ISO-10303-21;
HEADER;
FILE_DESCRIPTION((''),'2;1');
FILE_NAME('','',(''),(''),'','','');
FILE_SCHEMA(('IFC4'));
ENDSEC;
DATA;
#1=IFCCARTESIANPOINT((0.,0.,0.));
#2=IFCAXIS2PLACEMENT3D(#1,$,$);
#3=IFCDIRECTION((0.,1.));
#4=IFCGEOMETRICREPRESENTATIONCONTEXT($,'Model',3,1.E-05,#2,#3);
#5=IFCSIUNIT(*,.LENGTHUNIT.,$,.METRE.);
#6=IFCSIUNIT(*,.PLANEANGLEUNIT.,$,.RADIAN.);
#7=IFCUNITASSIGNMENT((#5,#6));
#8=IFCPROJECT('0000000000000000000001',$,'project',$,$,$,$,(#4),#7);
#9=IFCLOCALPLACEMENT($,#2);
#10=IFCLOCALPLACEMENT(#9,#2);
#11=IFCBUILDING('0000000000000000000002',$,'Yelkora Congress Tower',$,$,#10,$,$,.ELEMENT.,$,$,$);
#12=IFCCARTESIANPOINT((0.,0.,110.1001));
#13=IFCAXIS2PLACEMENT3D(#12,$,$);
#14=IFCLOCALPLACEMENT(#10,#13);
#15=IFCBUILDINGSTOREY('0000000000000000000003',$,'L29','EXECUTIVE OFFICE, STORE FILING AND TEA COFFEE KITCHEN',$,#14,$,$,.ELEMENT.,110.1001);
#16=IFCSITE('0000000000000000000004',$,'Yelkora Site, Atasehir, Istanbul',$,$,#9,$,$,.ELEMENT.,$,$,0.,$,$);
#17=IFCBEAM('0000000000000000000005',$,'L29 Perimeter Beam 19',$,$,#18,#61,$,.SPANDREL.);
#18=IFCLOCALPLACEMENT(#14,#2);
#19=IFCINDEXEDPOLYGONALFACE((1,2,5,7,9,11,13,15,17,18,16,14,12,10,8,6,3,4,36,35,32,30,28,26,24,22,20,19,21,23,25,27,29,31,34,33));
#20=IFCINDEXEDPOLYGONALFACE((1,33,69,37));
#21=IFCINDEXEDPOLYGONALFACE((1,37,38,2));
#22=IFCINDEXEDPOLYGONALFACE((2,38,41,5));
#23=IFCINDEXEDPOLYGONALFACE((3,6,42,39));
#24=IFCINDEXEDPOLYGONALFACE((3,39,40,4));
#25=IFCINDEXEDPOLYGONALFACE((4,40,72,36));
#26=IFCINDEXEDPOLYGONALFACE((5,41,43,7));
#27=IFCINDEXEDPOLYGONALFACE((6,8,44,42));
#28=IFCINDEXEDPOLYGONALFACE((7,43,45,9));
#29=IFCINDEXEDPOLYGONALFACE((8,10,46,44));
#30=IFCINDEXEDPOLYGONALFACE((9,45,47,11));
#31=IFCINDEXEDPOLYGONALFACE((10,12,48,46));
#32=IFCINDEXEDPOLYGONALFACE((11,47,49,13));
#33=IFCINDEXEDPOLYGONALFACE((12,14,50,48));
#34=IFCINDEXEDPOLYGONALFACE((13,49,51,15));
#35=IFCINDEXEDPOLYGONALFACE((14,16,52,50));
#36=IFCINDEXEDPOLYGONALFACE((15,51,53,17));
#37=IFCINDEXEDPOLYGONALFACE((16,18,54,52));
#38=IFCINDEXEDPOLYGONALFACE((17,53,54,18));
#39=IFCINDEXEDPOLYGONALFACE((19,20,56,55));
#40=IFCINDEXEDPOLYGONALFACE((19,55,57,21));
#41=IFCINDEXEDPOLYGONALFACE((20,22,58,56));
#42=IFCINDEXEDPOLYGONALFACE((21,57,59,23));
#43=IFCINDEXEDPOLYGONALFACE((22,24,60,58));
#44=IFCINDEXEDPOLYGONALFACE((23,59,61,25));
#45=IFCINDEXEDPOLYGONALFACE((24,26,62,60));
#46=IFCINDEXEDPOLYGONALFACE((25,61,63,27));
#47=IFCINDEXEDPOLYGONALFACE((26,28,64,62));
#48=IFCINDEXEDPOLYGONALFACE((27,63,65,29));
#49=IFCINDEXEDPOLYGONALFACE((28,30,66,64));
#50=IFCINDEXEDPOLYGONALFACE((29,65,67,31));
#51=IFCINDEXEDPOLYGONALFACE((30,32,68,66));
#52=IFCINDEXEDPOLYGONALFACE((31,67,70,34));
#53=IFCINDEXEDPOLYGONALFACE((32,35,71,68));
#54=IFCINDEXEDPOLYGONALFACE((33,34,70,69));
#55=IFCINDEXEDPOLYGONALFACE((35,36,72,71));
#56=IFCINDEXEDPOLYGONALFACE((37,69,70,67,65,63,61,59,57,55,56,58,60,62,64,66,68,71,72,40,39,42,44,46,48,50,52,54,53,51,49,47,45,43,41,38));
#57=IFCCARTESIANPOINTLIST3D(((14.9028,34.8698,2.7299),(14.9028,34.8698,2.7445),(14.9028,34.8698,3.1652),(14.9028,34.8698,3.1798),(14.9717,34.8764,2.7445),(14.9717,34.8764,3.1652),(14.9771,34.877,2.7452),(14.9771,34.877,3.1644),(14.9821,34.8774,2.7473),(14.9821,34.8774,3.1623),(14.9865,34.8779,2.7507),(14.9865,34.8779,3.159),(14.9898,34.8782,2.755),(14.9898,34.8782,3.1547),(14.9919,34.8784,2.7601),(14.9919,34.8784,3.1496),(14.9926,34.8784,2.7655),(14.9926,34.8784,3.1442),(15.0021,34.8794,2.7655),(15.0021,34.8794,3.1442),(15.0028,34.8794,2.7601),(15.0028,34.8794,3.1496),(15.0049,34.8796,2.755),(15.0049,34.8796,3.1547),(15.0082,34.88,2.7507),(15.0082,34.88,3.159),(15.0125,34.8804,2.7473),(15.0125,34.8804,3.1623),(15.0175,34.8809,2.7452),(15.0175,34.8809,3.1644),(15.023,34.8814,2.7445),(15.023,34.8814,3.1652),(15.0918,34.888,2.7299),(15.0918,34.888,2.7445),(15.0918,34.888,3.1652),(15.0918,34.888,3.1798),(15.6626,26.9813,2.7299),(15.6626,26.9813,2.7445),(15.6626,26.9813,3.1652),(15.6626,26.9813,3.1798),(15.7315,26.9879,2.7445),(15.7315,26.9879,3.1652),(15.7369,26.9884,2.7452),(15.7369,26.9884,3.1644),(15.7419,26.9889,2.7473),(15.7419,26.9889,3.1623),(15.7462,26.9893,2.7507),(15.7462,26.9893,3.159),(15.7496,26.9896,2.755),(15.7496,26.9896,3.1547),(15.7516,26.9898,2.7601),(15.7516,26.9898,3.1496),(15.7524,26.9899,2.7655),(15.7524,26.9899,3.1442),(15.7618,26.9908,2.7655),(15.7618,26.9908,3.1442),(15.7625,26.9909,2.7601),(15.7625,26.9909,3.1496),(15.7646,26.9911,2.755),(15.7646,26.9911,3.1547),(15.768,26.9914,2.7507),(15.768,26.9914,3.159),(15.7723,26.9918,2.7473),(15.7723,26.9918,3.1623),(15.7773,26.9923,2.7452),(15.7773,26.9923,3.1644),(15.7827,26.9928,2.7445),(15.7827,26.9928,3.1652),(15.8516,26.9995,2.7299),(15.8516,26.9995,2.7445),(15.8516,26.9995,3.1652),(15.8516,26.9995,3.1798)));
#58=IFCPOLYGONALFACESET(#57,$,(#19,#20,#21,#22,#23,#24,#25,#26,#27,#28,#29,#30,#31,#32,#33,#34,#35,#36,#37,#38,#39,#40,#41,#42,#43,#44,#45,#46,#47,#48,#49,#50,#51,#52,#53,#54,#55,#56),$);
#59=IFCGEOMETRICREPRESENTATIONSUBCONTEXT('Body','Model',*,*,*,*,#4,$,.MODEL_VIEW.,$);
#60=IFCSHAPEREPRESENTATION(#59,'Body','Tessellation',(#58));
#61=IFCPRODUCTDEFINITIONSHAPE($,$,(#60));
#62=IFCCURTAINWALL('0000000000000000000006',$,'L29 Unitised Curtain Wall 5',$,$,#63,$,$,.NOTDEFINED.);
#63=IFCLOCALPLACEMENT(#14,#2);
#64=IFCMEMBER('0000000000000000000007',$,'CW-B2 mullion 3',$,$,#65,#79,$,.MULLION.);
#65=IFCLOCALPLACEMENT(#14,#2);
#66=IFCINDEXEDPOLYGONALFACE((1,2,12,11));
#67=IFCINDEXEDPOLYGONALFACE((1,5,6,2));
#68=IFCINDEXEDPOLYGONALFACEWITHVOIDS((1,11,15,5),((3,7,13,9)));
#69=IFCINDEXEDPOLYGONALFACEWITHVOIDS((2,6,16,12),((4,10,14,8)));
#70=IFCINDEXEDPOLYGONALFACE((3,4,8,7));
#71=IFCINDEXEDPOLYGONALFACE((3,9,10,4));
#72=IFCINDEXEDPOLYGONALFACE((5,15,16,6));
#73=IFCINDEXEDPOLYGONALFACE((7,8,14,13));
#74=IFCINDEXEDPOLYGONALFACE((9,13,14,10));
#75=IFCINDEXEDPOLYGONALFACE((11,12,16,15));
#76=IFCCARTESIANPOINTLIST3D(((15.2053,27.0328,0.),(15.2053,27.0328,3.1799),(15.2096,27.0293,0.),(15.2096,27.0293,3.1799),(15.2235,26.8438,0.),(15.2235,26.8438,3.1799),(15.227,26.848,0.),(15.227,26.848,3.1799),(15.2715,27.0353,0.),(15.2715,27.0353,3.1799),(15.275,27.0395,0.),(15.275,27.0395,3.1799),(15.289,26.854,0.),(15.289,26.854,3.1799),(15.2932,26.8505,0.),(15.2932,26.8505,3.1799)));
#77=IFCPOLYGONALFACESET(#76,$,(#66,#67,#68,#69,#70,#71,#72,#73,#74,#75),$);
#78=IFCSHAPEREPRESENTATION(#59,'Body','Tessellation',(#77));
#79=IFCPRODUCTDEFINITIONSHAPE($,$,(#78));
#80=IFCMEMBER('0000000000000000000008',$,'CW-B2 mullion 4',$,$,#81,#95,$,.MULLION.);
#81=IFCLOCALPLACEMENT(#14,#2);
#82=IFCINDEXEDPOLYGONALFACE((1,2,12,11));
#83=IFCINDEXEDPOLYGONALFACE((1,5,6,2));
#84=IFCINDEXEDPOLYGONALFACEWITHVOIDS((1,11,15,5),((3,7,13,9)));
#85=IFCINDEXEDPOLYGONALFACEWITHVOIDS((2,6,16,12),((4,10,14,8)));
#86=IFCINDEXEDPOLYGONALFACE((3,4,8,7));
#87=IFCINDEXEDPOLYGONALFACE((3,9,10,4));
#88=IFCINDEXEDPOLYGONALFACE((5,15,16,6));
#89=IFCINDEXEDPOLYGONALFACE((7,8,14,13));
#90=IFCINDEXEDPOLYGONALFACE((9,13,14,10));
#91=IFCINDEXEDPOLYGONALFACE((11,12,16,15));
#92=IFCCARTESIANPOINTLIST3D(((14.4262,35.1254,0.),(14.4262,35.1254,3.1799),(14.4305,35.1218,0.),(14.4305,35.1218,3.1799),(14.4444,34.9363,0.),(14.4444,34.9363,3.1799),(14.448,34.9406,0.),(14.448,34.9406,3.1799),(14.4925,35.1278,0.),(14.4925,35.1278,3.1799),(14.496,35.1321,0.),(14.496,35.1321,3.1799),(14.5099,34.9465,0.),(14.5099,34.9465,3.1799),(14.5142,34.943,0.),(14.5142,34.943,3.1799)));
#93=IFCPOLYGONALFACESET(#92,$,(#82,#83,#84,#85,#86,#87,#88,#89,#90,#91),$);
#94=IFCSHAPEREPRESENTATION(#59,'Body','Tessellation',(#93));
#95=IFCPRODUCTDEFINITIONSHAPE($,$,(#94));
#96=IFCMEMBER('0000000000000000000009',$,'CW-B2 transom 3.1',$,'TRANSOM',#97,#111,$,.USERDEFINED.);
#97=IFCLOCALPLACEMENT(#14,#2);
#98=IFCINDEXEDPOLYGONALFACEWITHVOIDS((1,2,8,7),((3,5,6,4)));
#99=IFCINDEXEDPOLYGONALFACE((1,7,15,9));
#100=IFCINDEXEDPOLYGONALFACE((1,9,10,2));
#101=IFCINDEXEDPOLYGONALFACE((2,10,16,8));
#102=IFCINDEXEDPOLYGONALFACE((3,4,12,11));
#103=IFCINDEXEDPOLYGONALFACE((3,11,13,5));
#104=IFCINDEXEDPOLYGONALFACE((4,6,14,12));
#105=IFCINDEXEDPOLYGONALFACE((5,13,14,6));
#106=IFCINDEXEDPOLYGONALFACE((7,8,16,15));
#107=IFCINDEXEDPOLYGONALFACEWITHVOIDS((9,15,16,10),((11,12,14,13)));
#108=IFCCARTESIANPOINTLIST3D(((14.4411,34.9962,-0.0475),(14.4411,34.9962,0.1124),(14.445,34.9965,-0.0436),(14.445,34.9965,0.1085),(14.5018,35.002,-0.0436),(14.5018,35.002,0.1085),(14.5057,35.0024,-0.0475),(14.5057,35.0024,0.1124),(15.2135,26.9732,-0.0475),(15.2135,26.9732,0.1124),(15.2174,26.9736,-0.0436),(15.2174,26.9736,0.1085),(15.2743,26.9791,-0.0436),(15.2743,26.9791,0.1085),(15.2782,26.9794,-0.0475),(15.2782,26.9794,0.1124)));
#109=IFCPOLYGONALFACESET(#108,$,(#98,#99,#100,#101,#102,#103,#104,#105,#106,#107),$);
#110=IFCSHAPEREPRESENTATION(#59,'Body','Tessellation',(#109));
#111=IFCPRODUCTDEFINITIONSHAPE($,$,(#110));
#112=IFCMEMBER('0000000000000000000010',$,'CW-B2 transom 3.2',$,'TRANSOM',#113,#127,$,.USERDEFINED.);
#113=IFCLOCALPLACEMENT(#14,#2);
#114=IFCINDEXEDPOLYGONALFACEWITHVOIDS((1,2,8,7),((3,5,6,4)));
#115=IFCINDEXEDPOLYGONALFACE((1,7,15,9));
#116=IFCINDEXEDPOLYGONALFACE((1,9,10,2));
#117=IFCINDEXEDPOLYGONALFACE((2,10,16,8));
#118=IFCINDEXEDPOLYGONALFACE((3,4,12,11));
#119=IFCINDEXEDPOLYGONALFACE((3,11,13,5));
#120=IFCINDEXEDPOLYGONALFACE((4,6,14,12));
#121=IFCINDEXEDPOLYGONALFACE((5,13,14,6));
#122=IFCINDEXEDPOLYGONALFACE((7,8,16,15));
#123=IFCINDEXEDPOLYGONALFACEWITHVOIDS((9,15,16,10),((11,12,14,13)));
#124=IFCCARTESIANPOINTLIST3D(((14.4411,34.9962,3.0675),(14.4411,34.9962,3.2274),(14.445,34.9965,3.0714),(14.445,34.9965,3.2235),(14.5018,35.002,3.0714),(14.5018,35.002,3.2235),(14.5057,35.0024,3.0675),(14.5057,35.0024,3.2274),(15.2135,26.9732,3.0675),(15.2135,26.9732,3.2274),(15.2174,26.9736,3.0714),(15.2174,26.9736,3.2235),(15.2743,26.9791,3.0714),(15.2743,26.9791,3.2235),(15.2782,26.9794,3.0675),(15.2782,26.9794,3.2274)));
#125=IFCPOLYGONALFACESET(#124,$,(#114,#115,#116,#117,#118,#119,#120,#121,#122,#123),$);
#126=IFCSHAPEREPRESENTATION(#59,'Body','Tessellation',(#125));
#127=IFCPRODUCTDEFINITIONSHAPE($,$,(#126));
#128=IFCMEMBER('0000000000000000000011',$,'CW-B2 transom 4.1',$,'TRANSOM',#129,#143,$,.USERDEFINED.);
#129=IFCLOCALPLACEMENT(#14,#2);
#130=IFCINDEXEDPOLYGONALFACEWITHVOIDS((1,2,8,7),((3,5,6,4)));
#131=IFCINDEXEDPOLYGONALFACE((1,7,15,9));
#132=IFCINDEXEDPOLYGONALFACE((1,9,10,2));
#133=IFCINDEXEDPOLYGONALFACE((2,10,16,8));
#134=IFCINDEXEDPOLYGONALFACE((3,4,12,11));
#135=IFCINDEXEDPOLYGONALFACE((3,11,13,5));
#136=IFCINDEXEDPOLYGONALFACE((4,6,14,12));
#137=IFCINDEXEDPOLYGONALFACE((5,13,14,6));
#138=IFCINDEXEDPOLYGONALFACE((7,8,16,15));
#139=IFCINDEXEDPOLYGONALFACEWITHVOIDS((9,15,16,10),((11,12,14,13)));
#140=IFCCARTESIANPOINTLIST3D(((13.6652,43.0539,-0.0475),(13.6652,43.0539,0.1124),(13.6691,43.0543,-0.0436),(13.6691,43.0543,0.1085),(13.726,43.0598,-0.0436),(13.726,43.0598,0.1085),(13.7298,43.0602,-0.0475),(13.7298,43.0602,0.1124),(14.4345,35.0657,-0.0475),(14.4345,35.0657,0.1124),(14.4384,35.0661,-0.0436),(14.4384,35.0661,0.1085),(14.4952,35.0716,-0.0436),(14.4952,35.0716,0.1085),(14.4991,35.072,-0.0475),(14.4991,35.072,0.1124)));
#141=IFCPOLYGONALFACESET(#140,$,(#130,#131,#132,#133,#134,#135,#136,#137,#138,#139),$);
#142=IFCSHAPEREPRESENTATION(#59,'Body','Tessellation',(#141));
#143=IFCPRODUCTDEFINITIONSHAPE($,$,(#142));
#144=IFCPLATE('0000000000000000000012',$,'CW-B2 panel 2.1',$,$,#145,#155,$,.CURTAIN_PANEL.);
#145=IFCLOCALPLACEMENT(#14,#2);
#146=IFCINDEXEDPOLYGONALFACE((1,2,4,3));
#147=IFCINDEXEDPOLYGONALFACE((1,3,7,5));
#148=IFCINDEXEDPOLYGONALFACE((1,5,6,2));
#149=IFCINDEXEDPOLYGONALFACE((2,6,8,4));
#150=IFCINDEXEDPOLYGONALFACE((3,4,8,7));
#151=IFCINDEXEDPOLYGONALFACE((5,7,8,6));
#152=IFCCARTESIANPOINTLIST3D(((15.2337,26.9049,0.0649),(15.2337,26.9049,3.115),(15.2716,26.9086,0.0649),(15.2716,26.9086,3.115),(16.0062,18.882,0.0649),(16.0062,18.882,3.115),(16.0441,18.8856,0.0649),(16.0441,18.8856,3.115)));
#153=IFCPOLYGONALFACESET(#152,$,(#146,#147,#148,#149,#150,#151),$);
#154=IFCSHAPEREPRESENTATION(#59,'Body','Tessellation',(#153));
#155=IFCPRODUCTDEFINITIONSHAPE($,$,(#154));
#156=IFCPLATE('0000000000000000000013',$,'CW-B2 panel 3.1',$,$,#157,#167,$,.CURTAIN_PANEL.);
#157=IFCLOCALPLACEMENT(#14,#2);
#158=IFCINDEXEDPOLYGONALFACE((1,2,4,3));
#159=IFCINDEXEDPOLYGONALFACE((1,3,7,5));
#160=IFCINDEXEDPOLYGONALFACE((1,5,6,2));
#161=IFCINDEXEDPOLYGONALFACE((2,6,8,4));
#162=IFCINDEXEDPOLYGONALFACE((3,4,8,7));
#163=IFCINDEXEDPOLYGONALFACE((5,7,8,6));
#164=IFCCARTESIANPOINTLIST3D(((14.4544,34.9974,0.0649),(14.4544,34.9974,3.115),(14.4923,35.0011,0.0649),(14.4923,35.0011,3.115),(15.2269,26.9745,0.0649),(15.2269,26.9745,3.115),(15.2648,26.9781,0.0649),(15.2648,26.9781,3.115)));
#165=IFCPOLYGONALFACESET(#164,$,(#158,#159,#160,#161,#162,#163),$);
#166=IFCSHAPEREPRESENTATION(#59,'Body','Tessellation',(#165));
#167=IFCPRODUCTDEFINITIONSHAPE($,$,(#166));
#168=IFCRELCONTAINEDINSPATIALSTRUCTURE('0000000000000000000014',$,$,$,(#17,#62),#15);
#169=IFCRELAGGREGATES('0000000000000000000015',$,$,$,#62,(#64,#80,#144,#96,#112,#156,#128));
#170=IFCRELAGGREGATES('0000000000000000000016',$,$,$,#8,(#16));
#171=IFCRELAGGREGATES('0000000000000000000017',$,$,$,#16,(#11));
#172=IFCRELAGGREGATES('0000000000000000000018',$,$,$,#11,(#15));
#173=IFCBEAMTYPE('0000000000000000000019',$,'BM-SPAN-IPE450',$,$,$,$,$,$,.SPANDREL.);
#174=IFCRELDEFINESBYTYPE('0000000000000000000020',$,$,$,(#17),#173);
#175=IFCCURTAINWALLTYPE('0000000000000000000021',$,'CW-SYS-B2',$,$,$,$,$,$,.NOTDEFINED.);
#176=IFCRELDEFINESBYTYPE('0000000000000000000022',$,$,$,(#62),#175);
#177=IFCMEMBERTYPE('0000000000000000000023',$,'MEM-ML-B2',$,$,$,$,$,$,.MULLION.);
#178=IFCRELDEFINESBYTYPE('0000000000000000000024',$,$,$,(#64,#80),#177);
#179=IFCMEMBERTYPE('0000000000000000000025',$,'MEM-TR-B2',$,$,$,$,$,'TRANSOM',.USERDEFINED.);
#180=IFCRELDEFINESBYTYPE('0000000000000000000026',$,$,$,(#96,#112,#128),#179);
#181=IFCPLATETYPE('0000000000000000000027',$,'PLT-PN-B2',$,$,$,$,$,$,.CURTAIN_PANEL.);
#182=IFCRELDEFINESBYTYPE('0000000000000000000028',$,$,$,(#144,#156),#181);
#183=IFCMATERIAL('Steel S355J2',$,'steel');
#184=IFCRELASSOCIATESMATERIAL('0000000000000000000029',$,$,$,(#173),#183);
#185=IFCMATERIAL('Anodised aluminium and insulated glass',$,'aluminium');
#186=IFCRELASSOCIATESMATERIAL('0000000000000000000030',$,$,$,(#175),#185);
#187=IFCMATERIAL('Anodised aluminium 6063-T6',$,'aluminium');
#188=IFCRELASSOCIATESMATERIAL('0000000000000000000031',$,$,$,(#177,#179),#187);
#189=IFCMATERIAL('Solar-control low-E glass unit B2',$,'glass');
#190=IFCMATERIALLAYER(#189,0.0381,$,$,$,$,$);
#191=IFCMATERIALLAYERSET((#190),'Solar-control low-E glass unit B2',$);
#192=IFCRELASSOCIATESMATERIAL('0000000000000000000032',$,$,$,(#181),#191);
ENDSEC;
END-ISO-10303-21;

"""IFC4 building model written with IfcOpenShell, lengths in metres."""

from ifc_helpers import new_model, si_unit, direction, frame, origin, origin_2d, place, context, subcontext, project, spatial, rectangle, hollow_rectangle, i_section, extrude, material, layer, layer_set, material_profile, profile_set, type_object, element, aggregate, save


model = new_model("IFC4")

# Units and contexts
model_context = context("Model", 3, precision=1e-05, world=origin(), true_north=direction((0.0, 1.0)))
body_context = subcontext(model_context, "Body", "Model", "MODEL_VIEW")
ifc_project = project(units=[si_unit("LENGTHUNIT", "METRE"), si_unit("PLANEANGLEUNIT", "RADIAN")], contexts=[model_context])

# Site, building, storey
site_placement = place(None, origin())
site = spatial("IfcSite", under=ifc_project, at=site_placement, Name="Yelkora Site, Atasehir, Istanbul", CompositionType="ELEMENT", RefElevation=0.0)
building_placement = place(site_placement, origin())
building = spatial("IfcBuilding", under=site, at=building_placement, Name="Yelkora Congress Tower", CompositionType="ELEMENT")
storey_placement = place(building_placement, frame((0.0, 0.0, 110.1001)))
storey = spatial("IfcBuildingStorey", under=building, at=storey_placement, Name="L29", Description="EXECUTIVE OFFICE, STORE FILING AND TEA COFFEE KITCHEN", CompositionType="ELEMENT", Elevation=110.1001)

# Beam
ifc_material_1 = material(Name="Steel S355J2", Category="steel")
ifc_material_profile_1 = material_profile(ifc_material_1, i_section(OverallWidth=0.1899, OverallDepth=0.45, WebThickness=0.0095, FlangeThickness=0.0146, FilletRadius=0.021, at=origin_2d()), Name="IPE 450")
ifc_profile_set_1 = profile_set([ifc_material_profile_1], Name="Steel S355J2")
beam_type_1 = type_object("IfcBeamType", Name="BM-SPAN-IPE450", PredefinedType="SPANDREL", material=ifc_profile_set_1)
beam_1_placement = place(storey_placement, frame((14.9973, 34.8789, 2.9548), z_axis=(0.09587, -0.995394, 0.0), x_axis=(0.995394, 0.09587, 0.0)))
element("IfcBeam", 1, at=beam_1_placement, inside=storey, type_object=beam_type_1, Name="L29 Perimeter Beam 19", PredefinedType="SPANDREL", context=body_context, shape_type="SweptSolid", body=[
    extrude(i_section(OverallWidth=0.1899, OverallDepth=0.45, WebThickness=0.0095, FlangeThickness=0.0146, FilletRadius=0.021, at=origin_2d()), origin(), (0.0, 0.0, 1.0), 7.925),
])

# Curtain wall, members, plates
ifc_material_2 = material(Name="Anodised aluminium and insulated glass", Category="aluminium")
curtain_wall_type = type_object("IfcCurtainWallType", Name="CW-SYS-B2", PredefinedType="NOTDEFINED", material=ifc_material_2)
curtain_wall_placement = place(storey_placement, origin())
curtain_wall = element("IfcCurtainWall", 2, at=curtain_wall_placement, inside=storey, type_object=curtain_wall_type, Name="L29 Unitised Curtain Wall 5", PredefinedType="NOTDEFINED")
ifc_material_3 = material(Name="Anodised aluminium 6063-T6", Category="aluminium")
ifc_material_profile_2 = material_profile(ifc_material_3, hollow_rectangle(XDim=0.0701, YDim=0.1899, WallThickness=0.0039, at=origin_2d()), Name="ALU 70x190x4")
ifc_profile_set_2 = profile_set([ifc_material_profile_2], Name="Anodised aluminium 6063-T6")
member_type_1 = type_object("IfcMemberType", Name="MEM-ML-B2", PredefinedType="MULLION", material=ifc_profile_set_2)
member_1_placement = place(storey_placement, frame((15.2493, 26.9417, 0.0), z_axis=(0.0, 0.0, 1.0), x_axis=(-0.995397, -0.095843, 0.0)))
member_1 = element("IfcMember", 3, at=member_1_placement, type_object=member_type_1, Name="CW-B2 mullion 3", PredefinedType="MULLION", context=body_context, shape_type="SweptSolid", body=[
    extrude(hollow_rectangle(XDim=0.0701, YDim=0.1899, WallThickness=0.0039, at=origin_2d()), origin(), (0.0, 0.0, 1.0), 3.1799),
])
member_2_placement = place(storey_placement, frame((14.4702, 35.0342, 0.0), z_axis=(0.0, 0.0, 1.0), x_axis=(-0.995397, -0.095843, 0.0)))
member_2 = element("IfcMember", 4, at=member_2_placement, type_object=member_type_1, Name="CW-B2 mullion 4", PredefinedType="MULLION", context=body_context, shape_type="SweptSolid", body=[
    extrude(hollow_rectangle(XDim=0.0701, YDim=0.1899, WallThickness=0.0039, at=origin_2d()), origin(), (0.0, 0.0, 1.0), 3.1799),
])
ifc_material_profile_3 = material_profile(ifc_material_3, hollow_rectangle(XDim=0.0649, YDim=0.1599, WallThickness=0.0039, at=origin_2d()), Name="ALU 65x160x4")
ifc_profile_set_3 = profile_set([ifc_material_profile_3], Name="Anodised aluminium 6063-T6")
member_type_2 = type_object("IfcMemberType", Name="MEM-TR-B2", ElementType="TRANSOM", PredefinedType="USERDEFINED", material=ifc_profile_set_3)
member_3_placement = place(storey_placement, frame((15.2458, 26.9763, 0.0325), z_axis=(-0.095838, 0.995397, 0.0), x_axis=(-0.995397, -0.095838, 0.0)))
member_3 = element("IfcMember", 5, at=member_3_placement, type_object=member_type_2, Name="CW-B2 transom 3.1", ObjectType="TRANSOM", PredefinedType="USERDEFINED", context=body_context, shape_type="SweptSolid", body=[
    extrude(hollow_rectangle(XDim=0.0649, YDim=0.1599, WallThickness=0.0039, at=origin_2d()), origin(), (0.0, 0.0, 1.0), 8.0601),
])
member_4_placement = place(storey_placement, frame((15.2458, 26.9763, 3.1475), z_axis=(-0.095838, 0.995397, 0.0), x_axis=(-0.995397, -0.095838, 0.0)))
member_4 = element("IfcMember", 6, at=member_4_placement, type_object=member_type_2, Name="CW-B2 transom 3.2", ObjectType="TRANSOM", PredefinedType="USERDEFINED", context=body_context, shape_type="SweptSolid", body=[
    extrude(hollow_rectangle(XDim=0.0649, YDim=0.1599, WallThickness=0.0039, at=origin_2d()), origin(), (0.0, 0.0, 1.0), 8.0601),
])
member_5_placement = place(storey_placement, frame((14.4668, 35.0688, 0.0325), z_axis=(-0.095858, 0.995395, 0.0), x_axis=(-0.995395, -0.095858, 0.0)))
member_5 = element("IfcMember", 7, at=member_5_placement, type_object=member_type_2, Name="CW-B2 transom 4.1", ObjectType="TRANSOM", PredefinedType="USERDEFINED", context=body_context, shape_type="SweptSolid", body=[
    extrude(hollow_rectangle(XDim=0.0649, YDim=0.1599, WallThickness=0.0039, at=origin_2d()), origin(), (0.0, 0.0, 1.0), 8.0251),
])
ifc_material_4 = material(Name="Solar-control low-E glass unit B2", Category="glass")
ifc_layer_1 = layer(ifc_material_4, 0.0381)
ifc_layer_set_1 = layer_set([ifc_layer_1], Name="Solar-control low-E glass unit B2")
plate_type = type_object("IfcPlateType", Name="PLT-PN-B2", PredefinedType="CURTAIN_PANEL", material=ifc_layer_set_1)
plate_1_placement = place(storey_placement, frame((15.6389, 22.8953, 0.0649), z_axis=(0.0, 0.0, 1.0), x_axis=(-0.095843, 0.995397, 0.0)))
plate_1 = element("IfcPlate", 8, at=plate_1_placement, type_object=plate_type, Name="CW-B2 panel 2.1", PredefinedType="CURTAIN_PANEL", context=body_context, shape_type="SweptSolid", body=[
    extrude(rectangle(XDim=8.0601, YDim=0.0381, at=origin_2d()), origin(), (0.0, 0.0, 1.0), 3.05),
])
plate_2_placement = place(storey_placement, frame((14.8596, 30.9878, 0.0649), z_axis=(0.0, 0.0, 1.0), x_axis=(-0.095843, 0.995397, 0.0)))
plate_2 = element("IfcPlate", 9, at=plate_2_placement, type_object=plate_type, Name="CW-B2 panel 3.1", PredefinedType="CURTAIN_PANEL", context=body_context, shape_type="SweptSolid", body=[
    extrude(rectangle(XDim=8.0601, YDim=0.0381, at=origin_2d()), origin(), (0.0, 0.0, 1.0), 3.05),
])
aggregate(curtain_wall, [member_1, member_2, plate_1, member_3, member_4, plate_2, member_5])

save(model, "model.ifc")
